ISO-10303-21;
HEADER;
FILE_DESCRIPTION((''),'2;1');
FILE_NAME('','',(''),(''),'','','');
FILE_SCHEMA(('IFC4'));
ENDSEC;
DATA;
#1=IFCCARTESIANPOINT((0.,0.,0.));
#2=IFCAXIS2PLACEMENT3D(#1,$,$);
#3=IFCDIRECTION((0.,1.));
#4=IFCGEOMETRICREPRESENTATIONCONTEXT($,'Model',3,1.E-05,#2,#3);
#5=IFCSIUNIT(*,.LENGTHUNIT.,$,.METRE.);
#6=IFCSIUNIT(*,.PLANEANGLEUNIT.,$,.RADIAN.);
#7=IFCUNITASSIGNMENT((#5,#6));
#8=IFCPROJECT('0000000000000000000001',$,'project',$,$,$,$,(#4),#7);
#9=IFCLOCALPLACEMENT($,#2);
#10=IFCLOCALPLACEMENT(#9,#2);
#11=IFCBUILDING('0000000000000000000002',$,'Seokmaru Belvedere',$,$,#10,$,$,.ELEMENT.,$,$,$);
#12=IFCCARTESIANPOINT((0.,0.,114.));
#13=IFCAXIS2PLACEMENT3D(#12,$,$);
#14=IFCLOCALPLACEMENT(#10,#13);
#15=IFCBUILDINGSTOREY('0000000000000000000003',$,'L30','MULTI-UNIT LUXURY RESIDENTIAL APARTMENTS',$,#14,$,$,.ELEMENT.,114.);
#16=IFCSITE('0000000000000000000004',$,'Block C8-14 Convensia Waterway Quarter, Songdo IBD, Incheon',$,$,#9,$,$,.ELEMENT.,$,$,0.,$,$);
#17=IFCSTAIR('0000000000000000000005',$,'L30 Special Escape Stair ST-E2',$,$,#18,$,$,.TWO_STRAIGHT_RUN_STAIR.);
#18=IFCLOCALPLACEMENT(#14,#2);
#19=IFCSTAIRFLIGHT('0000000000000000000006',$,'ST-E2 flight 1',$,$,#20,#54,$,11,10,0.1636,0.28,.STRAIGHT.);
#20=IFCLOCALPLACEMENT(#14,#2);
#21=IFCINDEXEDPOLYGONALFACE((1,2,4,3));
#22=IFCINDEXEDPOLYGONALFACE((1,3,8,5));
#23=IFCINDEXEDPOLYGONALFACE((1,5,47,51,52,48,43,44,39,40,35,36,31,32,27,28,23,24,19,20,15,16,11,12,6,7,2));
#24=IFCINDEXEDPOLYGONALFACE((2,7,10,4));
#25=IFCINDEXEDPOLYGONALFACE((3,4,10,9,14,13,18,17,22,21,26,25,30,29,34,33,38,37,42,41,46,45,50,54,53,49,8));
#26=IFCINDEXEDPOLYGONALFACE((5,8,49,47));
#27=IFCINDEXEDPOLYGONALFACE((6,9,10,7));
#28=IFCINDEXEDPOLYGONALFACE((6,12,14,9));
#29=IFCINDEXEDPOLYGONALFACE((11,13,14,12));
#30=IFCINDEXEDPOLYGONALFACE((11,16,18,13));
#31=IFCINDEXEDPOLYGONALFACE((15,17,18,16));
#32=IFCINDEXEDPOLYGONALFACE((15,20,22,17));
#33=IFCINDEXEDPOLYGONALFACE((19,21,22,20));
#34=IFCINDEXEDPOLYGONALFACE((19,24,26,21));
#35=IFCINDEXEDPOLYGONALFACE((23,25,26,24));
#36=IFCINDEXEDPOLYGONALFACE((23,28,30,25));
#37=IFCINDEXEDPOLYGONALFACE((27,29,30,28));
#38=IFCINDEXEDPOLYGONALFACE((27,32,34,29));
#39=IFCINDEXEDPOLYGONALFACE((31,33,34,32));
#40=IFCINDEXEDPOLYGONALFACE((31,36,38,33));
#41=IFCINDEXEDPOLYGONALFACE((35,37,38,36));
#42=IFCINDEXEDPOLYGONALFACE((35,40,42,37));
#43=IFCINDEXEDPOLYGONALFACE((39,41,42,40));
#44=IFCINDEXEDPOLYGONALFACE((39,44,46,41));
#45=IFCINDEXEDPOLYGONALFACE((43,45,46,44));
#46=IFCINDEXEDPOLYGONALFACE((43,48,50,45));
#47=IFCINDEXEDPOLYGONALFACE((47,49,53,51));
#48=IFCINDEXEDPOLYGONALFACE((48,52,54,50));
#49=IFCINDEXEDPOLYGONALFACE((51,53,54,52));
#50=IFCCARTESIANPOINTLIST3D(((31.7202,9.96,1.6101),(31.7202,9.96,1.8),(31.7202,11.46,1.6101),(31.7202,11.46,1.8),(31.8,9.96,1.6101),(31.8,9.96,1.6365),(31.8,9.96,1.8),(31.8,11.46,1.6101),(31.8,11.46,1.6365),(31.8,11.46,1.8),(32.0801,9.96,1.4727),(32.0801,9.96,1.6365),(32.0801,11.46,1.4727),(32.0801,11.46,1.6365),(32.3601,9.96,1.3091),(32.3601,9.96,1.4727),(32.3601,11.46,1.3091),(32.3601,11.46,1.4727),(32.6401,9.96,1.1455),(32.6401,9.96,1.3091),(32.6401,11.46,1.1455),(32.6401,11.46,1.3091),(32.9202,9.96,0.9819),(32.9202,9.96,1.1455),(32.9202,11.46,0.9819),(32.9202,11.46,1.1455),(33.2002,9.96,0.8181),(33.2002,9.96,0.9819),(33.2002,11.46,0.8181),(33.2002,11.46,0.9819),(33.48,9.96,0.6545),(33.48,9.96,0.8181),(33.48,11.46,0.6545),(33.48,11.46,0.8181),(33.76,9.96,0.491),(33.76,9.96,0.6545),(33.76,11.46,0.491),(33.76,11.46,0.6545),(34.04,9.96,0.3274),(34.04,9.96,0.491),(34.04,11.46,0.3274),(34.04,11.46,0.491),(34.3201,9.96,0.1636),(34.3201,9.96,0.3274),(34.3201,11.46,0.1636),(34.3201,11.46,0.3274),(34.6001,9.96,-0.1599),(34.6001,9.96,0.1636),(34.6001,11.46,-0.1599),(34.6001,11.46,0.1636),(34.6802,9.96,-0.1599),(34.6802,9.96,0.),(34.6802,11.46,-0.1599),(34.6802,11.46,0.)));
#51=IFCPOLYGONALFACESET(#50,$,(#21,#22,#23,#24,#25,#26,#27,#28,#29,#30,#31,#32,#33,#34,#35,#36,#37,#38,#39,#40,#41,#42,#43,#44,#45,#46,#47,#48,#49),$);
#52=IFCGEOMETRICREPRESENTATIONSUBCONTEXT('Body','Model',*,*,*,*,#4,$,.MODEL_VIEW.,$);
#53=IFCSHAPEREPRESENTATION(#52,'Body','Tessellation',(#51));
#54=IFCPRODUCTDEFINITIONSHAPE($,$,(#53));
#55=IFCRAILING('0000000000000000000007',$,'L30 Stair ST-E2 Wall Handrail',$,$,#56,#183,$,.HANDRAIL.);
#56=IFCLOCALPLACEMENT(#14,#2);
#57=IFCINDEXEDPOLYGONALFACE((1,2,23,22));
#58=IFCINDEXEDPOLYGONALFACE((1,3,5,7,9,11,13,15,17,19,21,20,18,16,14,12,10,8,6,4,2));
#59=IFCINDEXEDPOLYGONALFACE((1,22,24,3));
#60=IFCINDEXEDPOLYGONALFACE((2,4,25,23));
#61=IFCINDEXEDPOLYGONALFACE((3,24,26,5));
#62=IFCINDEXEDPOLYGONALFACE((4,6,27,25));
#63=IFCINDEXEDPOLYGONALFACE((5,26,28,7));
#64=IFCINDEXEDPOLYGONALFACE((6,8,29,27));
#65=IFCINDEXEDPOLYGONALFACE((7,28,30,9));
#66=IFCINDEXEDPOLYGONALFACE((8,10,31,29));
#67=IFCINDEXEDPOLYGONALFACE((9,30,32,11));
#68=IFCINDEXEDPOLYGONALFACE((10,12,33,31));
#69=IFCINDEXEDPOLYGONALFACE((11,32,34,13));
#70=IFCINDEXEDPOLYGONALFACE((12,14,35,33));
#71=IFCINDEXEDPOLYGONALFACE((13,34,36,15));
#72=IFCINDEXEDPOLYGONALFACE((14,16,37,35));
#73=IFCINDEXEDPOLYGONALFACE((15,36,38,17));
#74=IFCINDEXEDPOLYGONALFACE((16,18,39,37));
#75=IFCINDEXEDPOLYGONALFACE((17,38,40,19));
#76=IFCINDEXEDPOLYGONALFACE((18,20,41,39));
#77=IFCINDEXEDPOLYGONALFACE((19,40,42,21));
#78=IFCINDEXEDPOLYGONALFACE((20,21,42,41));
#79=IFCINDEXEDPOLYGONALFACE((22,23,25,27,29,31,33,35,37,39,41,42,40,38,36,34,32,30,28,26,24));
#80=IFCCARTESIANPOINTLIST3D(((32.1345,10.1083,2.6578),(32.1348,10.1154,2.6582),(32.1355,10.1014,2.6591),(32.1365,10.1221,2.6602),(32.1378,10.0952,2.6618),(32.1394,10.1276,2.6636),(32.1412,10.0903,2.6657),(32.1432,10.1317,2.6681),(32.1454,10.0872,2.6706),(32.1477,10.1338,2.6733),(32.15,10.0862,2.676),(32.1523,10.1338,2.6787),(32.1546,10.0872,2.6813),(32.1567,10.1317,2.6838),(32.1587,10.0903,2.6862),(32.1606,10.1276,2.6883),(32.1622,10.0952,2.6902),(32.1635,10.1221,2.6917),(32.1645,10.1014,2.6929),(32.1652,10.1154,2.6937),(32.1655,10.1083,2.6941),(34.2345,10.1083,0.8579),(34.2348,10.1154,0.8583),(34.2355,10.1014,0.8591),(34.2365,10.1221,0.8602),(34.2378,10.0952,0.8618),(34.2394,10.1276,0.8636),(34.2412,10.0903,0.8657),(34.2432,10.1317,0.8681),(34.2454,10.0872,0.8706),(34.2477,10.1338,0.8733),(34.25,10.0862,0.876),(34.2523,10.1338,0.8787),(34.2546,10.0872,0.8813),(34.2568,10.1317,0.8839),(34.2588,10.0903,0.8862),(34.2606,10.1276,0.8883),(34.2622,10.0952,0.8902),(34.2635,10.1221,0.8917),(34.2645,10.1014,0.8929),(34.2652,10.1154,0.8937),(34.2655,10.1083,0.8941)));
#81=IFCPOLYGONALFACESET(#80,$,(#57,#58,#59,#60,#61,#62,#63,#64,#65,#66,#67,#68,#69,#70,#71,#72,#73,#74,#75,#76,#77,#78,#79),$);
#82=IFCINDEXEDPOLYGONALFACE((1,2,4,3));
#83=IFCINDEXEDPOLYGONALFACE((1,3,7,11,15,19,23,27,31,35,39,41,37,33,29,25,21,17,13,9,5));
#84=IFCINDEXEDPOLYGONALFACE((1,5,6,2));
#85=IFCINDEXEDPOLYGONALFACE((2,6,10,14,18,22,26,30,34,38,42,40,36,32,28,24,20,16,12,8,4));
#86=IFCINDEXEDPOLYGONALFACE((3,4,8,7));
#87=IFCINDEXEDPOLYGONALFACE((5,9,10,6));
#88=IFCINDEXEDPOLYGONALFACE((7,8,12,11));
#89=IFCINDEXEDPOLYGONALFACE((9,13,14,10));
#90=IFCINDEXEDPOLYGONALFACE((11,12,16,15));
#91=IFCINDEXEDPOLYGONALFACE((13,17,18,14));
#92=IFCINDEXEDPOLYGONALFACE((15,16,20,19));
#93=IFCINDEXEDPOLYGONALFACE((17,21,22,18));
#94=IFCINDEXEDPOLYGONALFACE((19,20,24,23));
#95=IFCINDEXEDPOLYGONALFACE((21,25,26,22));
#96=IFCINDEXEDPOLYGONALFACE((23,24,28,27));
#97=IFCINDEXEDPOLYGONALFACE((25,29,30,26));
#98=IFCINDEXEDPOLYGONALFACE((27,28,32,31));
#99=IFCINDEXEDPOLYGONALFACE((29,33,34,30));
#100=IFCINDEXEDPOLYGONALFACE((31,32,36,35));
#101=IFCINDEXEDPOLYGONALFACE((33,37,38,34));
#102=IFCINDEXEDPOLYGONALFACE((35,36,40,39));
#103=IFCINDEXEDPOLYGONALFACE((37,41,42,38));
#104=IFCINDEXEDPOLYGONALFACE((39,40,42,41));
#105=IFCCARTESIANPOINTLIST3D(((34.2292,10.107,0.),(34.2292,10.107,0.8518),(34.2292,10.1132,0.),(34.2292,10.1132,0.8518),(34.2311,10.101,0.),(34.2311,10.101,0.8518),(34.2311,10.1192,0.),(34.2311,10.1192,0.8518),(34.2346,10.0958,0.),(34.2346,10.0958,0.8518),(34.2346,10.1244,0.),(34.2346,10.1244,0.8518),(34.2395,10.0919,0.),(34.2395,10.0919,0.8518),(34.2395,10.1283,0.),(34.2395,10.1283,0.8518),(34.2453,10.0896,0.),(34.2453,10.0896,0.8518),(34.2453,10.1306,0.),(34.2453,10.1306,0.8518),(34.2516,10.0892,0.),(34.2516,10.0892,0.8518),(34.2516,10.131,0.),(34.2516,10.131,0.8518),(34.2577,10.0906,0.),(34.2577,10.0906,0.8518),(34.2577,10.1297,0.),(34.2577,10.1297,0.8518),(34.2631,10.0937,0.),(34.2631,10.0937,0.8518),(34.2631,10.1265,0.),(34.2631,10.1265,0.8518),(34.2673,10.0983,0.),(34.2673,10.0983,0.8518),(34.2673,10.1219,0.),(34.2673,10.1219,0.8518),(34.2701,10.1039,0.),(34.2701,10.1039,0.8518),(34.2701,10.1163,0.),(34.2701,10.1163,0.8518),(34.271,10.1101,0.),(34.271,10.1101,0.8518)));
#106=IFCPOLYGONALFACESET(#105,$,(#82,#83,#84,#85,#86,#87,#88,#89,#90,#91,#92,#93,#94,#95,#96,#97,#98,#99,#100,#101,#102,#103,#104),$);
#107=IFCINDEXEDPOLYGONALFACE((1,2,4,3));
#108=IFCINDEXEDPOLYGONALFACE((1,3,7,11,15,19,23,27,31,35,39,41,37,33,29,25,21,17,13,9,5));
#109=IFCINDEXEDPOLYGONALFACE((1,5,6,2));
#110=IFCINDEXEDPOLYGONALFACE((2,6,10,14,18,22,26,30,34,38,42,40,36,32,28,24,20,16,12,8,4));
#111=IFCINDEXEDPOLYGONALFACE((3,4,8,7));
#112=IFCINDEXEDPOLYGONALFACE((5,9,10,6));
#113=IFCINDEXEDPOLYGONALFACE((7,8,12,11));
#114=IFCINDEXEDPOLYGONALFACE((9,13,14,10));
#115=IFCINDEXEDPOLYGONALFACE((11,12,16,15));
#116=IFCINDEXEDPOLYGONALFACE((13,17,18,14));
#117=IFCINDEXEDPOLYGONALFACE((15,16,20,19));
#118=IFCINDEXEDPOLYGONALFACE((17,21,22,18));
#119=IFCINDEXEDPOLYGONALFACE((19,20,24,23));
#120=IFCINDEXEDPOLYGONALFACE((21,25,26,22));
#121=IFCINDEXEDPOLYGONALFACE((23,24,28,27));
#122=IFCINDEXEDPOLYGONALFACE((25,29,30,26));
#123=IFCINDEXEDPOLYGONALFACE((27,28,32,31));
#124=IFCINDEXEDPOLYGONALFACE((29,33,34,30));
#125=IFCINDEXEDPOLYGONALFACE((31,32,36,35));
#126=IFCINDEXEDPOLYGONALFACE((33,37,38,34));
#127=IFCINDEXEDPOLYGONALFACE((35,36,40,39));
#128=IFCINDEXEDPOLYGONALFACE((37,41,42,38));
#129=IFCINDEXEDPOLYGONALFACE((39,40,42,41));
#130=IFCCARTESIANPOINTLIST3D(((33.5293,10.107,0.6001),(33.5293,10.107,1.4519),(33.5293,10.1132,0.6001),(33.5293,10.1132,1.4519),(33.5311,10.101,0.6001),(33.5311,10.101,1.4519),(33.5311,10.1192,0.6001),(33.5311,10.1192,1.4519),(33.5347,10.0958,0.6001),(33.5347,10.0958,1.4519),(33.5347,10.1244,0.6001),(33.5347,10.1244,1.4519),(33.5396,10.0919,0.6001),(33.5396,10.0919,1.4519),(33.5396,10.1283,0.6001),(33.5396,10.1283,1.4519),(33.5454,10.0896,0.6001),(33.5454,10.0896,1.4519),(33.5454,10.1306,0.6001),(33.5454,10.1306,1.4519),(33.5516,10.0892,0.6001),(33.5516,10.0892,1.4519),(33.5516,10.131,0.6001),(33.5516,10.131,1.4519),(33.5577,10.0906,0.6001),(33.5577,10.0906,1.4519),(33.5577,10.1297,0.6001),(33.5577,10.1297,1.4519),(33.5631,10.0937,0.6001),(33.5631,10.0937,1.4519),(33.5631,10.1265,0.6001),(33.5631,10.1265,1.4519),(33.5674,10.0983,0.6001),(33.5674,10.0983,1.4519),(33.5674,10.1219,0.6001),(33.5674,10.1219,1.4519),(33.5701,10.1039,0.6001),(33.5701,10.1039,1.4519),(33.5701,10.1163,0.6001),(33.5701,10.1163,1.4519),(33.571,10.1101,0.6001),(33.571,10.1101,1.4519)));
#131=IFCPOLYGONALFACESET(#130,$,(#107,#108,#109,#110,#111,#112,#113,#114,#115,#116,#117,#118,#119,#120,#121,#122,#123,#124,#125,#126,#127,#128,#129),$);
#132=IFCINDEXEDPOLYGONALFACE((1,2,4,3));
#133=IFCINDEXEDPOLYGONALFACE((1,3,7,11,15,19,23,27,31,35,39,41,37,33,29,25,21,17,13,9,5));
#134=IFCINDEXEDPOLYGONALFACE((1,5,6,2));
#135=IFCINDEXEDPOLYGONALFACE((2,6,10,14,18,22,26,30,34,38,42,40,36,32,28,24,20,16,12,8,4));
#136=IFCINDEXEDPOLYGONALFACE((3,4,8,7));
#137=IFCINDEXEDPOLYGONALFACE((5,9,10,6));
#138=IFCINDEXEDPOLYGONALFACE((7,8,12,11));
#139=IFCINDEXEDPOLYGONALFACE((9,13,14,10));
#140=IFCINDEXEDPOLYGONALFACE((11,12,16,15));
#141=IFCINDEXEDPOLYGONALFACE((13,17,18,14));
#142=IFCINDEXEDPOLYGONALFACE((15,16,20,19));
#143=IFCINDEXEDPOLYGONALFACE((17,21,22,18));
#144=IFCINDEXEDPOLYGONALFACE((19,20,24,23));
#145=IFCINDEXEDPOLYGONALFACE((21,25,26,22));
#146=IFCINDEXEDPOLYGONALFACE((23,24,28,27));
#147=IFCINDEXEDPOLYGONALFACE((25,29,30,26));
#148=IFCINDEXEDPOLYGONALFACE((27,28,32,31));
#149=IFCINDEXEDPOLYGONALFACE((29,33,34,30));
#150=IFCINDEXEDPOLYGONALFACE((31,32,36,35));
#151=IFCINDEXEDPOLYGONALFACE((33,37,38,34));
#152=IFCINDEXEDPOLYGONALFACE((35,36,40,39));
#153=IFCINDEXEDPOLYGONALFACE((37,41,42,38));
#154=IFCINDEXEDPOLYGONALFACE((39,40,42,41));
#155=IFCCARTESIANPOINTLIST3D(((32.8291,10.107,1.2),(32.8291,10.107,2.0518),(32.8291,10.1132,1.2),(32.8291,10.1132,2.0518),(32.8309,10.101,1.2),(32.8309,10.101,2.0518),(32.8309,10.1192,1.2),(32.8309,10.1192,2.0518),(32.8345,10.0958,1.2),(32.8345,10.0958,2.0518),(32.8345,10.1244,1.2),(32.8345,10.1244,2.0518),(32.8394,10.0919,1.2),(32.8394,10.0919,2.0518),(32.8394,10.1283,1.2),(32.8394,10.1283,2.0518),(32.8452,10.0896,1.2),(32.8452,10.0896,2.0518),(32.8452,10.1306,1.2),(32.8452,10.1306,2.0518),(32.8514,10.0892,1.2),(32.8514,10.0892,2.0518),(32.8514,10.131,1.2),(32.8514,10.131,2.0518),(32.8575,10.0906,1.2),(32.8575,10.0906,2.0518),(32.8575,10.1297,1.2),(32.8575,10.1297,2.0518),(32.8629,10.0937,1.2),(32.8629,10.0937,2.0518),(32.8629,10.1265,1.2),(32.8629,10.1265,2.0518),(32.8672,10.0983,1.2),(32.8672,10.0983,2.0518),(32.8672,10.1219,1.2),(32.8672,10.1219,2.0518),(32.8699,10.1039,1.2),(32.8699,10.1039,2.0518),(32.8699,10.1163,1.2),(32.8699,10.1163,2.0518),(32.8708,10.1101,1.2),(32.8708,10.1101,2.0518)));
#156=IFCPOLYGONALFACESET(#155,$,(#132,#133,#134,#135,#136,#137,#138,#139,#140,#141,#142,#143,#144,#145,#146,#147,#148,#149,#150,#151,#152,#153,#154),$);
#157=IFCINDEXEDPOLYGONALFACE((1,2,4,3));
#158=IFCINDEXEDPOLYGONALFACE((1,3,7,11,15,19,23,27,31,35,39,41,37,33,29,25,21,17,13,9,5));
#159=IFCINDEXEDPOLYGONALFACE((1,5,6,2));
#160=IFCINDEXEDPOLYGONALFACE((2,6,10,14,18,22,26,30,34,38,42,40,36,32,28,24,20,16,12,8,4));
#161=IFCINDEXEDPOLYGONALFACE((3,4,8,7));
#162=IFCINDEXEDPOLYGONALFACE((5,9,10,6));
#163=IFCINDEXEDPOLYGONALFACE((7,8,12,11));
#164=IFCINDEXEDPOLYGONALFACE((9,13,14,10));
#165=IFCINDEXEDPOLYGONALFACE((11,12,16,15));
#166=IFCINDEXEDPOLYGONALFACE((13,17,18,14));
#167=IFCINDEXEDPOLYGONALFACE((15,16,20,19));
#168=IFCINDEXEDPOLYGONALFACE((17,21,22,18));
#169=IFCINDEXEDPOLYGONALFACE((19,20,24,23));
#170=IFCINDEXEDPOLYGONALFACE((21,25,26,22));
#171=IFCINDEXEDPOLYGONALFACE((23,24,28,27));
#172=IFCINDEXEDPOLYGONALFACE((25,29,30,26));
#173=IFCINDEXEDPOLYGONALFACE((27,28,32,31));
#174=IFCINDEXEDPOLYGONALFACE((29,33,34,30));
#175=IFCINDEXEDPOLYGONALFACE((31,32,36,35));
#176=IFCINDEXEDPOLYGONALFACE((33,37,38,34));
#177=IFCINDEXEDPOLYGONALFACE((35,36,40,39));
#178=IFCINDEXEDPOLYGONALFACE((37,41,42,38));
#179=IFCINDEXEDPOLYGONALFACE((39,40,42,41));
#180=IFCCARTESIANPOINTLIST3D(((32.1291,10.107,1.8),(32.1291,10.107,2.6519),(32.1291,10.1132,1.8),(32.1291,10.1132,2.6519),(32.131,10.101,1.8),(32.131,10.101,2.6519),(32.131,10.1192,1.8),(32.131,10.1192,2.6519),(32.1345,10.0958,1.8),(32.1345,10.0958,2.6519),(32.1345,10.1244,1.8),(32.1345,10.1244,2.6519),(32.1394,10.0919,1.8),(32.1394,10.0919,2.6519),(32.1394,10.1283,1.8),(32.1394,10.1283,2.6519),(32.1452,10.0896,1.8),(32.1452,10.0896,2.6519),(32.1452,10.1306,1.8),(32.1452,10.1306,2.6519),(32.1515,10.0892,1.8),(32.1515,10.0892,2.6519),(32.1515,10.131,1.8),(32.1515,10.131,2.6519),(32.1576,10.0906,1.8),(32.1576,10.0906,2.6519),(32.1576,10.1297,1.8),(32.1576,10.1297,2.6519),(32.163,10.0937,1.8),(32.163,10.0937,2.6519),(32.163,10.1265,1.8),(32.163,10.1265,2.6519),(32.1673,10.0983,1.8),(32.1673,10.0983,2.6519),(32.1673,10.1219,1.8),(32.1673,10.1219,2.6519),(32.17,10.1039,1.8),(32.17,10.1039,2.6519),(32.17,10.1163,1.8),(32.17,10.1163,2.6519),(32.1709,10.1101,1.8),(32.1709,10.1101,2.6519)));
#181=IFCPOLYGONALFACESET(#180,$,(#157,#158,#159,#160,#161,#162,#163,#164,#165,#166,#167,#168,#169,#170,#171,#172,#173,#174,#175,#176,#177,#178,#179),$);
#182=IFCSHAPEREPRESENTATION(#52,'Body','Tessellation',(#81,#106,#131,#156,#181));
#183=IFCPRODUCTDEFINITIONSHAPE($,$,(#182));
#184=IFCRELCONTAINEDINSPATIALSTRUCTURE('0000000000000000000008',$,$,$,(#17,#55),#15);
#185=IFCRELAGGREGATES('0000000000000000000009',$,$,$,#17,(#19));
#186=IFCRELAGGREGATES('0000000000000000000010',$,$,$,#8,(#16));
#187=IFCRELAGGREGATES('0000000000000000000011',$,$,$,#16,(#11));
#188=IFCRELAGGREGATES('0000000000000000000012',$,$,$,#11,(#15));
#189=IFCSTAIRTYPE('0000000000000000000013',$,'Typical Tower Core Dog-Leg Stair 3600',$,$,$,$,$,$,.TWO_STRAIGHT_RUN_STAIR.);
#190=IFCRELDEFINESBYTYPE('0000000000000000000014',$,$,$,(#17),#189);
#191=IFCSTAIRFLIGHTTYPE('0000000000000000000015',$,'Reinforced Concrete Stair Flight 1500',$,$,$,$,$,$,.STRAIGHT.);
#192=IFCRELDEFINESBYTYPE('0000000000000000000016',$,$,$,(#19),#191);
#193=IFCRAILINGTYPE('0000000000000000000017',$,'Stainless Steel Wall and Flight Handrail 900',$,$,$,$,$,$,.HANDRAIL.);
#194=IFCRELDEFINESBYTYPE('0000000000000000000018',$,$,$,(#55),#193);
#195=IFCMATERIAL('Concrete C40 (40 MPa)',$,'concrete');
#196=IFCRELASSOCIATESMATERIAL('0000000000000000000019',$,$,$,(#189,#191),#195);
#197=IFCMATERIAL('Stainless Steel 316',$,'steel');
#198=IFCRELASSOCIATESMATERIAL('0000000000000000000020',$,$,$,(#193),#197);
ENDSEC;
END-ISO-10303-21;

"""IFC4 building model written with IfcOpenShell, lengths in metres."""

from ifc_helpers import new_model, si_unit, direction, frame, origin, origin_2d, place, context, subcontext, project, spatial, polyline, circle, outline, extrude, material, type_object, element, aggregate, save


model = new_model("IFC4")

# Units and contexts
model_context = context("Model", 3, precision=1e-05, world=origin(), true_north=direction((0.0, 1.0)))
body_context = subcontext(model_context, "Body", "Model", "MODEL_VIEW")
ifc_project = project(units=[si_unit("LENGTHUNIT", "METRE"), si_unit("PLANEANGLEUNIT", "RADIAN")], contexts=[model_context])

# Site, building, storey
site_placement = place(None, origin())
site = spatial("IfcSite", under=ifc_project, at=site_placement, Name="Block C8-14 Convensia Waterway Quarter, Songdo IBD, Incheon", CompositionType="ELEMENT", RefElevation=0.0)
building_placement = place(site_placement, origin())
building = spatial("IfcBuilding", under=site, at=building_placement, Name="Seokmaru Belvedere", CompositionType="ELEMENT")
storey_placement = place(building_placement, frame((0.0, 0.0, 114.0)))
storey = spatial("IfcBuildingStorey", under=building, at=storey_placement, Name="L30", Description="MULTI-UNIT LUXURY RESIDENTIAL APARTMENTS", CompositionType="ELEMENT", Elevation=114.0)

# Stair, stair flight
ifc_material_1 = material(Name="Concrete C40 (40 MPa)", Category="concrete")
stair_type = type_object("IfcStairType", Name="Typical Tower Core Dog-Leg Stair 3600", PredefinedType="TWO_STRAIGHT_RUN_STAIR", material=ifc_material_1)
stair_placement = place(storey_placement, origin())
stair = element("IfcStair", 1, at=stair_placement, inside=storey, type_object=stair_type, Name="L30 Special Escape Stair ST-E2", PredefinedType="TWO_STRAIGHT_RUN_STAIR")
stair_flight_type = type_object("IfcStairFlightType", Name="Reinforced Concrete Stair Flight 1500", PredefinedType="STRAIGHT", material=ifc_material_1)
stair_flight_placement = place(storey_placement, frame((34.6001, 10.71, 0.0), z_axis=(0.0, 0.0, 1.0), x_axis=(-1.0, 0.0, 0.0)))
stair_flight = element("IfcStairFlight", 2, at=stair_flight_placement, type_object=stair_flight_type, Name="ST-E2 flight 1", NumberOfRisers=11, NumberOfTreads=10, PredefinedType="STRAIGHT", RiserHeight=0.1636, TreadLength=0.28, context=body_context, shape_type="SweptSolid", body=[
    extrude(outline(polyline([(-0.0801, 0.0), (0.0, 0.1636), (0.28, 0.1636), (0.28, 0.3274), (0.5601, 0.3274), (0.5601, 0.491), (0.8401, 0.491), (0.8401, 0.6545), (1.1201, 0.6545), (1.1201, 0.8181), (1.3999, 0.8181), (1.3999, 0.9819), (1.6799, 0.9819), (1.6799, 1.1455), (1.96, 1.1455), (1.96, 1.3091), (2.24, 1.3091), (2.24, 1.4727), (2.52, 1.4727), (2.52, 1.6365), (2.8, 1.6365), (2.8, 1.8), (2.8799, 1.8), (2.8799, 1.6101), (2.8, 1.6101), (0.0, -0.1599), (-0.0801, -0.1599), (-0.0801, 0.0)])), frame((0.0, 0.75, 0.0), z_axis=(0.0, -1.0, 0.0), x_axis=(1.0, 0.0, 0.0)), (0.0, 0.0, 1.0), 1.5),
])
aggregate(stair, [stair_flight])

# Railing
ifc_material_2 = material(Name="Stainless Steel 316", Category="steel")
railing_type = type_object("IfcRailingType", Name="Stainless Steel Wall and Flight Handrail 900", PredefinedType="HANDRAIL", material=ifc_material_2)
railing_placement = place(storey_placement, frame((34.25, 10.1101, 0.0)))
element("IfcRailing", 3, at=railing_placement, inside=storey, type_object=railing_type, Name="L30 Stair ST-E2 Wall Handrail", PredefinedType="HANDRAIL", context=body_context, shape_type="SweptSolid", body=[
    extrude(circle(Radius=0.0239, at=origin_2d()), frame((0.0, 0.0, 0.876), z_axis=(-0.759263, 0.0, 0.650784), x_axis=(0.0, -1.0, 0.0)), (0.0, 0.0, 1.0), 2.7659),
    extrude(circle(Radius=0.021, at=origin_2d()), origin(), (0.0, 0.0, 1.0), 0.8518),
    extrude(circle(Radius=0.021, at=origin_2d()), frame((-0.7, 0.0, 0.6001)), (0.0, 0.0, 1.0), 0.8518),
    extrude(circle(Radius=0.021, at=origin_2d()), frame((-1.4001, 0.0, 1.2)), (0.0, 0.0, 1.0), 0.8518),
    extrude(circle(Radius=0.021, at=origin_2d()), frame((-2.1001, 0.0, 1.8)), (0.0, 0.0, 1.0), 0.8518),
])

save(model, "model.ifc")
